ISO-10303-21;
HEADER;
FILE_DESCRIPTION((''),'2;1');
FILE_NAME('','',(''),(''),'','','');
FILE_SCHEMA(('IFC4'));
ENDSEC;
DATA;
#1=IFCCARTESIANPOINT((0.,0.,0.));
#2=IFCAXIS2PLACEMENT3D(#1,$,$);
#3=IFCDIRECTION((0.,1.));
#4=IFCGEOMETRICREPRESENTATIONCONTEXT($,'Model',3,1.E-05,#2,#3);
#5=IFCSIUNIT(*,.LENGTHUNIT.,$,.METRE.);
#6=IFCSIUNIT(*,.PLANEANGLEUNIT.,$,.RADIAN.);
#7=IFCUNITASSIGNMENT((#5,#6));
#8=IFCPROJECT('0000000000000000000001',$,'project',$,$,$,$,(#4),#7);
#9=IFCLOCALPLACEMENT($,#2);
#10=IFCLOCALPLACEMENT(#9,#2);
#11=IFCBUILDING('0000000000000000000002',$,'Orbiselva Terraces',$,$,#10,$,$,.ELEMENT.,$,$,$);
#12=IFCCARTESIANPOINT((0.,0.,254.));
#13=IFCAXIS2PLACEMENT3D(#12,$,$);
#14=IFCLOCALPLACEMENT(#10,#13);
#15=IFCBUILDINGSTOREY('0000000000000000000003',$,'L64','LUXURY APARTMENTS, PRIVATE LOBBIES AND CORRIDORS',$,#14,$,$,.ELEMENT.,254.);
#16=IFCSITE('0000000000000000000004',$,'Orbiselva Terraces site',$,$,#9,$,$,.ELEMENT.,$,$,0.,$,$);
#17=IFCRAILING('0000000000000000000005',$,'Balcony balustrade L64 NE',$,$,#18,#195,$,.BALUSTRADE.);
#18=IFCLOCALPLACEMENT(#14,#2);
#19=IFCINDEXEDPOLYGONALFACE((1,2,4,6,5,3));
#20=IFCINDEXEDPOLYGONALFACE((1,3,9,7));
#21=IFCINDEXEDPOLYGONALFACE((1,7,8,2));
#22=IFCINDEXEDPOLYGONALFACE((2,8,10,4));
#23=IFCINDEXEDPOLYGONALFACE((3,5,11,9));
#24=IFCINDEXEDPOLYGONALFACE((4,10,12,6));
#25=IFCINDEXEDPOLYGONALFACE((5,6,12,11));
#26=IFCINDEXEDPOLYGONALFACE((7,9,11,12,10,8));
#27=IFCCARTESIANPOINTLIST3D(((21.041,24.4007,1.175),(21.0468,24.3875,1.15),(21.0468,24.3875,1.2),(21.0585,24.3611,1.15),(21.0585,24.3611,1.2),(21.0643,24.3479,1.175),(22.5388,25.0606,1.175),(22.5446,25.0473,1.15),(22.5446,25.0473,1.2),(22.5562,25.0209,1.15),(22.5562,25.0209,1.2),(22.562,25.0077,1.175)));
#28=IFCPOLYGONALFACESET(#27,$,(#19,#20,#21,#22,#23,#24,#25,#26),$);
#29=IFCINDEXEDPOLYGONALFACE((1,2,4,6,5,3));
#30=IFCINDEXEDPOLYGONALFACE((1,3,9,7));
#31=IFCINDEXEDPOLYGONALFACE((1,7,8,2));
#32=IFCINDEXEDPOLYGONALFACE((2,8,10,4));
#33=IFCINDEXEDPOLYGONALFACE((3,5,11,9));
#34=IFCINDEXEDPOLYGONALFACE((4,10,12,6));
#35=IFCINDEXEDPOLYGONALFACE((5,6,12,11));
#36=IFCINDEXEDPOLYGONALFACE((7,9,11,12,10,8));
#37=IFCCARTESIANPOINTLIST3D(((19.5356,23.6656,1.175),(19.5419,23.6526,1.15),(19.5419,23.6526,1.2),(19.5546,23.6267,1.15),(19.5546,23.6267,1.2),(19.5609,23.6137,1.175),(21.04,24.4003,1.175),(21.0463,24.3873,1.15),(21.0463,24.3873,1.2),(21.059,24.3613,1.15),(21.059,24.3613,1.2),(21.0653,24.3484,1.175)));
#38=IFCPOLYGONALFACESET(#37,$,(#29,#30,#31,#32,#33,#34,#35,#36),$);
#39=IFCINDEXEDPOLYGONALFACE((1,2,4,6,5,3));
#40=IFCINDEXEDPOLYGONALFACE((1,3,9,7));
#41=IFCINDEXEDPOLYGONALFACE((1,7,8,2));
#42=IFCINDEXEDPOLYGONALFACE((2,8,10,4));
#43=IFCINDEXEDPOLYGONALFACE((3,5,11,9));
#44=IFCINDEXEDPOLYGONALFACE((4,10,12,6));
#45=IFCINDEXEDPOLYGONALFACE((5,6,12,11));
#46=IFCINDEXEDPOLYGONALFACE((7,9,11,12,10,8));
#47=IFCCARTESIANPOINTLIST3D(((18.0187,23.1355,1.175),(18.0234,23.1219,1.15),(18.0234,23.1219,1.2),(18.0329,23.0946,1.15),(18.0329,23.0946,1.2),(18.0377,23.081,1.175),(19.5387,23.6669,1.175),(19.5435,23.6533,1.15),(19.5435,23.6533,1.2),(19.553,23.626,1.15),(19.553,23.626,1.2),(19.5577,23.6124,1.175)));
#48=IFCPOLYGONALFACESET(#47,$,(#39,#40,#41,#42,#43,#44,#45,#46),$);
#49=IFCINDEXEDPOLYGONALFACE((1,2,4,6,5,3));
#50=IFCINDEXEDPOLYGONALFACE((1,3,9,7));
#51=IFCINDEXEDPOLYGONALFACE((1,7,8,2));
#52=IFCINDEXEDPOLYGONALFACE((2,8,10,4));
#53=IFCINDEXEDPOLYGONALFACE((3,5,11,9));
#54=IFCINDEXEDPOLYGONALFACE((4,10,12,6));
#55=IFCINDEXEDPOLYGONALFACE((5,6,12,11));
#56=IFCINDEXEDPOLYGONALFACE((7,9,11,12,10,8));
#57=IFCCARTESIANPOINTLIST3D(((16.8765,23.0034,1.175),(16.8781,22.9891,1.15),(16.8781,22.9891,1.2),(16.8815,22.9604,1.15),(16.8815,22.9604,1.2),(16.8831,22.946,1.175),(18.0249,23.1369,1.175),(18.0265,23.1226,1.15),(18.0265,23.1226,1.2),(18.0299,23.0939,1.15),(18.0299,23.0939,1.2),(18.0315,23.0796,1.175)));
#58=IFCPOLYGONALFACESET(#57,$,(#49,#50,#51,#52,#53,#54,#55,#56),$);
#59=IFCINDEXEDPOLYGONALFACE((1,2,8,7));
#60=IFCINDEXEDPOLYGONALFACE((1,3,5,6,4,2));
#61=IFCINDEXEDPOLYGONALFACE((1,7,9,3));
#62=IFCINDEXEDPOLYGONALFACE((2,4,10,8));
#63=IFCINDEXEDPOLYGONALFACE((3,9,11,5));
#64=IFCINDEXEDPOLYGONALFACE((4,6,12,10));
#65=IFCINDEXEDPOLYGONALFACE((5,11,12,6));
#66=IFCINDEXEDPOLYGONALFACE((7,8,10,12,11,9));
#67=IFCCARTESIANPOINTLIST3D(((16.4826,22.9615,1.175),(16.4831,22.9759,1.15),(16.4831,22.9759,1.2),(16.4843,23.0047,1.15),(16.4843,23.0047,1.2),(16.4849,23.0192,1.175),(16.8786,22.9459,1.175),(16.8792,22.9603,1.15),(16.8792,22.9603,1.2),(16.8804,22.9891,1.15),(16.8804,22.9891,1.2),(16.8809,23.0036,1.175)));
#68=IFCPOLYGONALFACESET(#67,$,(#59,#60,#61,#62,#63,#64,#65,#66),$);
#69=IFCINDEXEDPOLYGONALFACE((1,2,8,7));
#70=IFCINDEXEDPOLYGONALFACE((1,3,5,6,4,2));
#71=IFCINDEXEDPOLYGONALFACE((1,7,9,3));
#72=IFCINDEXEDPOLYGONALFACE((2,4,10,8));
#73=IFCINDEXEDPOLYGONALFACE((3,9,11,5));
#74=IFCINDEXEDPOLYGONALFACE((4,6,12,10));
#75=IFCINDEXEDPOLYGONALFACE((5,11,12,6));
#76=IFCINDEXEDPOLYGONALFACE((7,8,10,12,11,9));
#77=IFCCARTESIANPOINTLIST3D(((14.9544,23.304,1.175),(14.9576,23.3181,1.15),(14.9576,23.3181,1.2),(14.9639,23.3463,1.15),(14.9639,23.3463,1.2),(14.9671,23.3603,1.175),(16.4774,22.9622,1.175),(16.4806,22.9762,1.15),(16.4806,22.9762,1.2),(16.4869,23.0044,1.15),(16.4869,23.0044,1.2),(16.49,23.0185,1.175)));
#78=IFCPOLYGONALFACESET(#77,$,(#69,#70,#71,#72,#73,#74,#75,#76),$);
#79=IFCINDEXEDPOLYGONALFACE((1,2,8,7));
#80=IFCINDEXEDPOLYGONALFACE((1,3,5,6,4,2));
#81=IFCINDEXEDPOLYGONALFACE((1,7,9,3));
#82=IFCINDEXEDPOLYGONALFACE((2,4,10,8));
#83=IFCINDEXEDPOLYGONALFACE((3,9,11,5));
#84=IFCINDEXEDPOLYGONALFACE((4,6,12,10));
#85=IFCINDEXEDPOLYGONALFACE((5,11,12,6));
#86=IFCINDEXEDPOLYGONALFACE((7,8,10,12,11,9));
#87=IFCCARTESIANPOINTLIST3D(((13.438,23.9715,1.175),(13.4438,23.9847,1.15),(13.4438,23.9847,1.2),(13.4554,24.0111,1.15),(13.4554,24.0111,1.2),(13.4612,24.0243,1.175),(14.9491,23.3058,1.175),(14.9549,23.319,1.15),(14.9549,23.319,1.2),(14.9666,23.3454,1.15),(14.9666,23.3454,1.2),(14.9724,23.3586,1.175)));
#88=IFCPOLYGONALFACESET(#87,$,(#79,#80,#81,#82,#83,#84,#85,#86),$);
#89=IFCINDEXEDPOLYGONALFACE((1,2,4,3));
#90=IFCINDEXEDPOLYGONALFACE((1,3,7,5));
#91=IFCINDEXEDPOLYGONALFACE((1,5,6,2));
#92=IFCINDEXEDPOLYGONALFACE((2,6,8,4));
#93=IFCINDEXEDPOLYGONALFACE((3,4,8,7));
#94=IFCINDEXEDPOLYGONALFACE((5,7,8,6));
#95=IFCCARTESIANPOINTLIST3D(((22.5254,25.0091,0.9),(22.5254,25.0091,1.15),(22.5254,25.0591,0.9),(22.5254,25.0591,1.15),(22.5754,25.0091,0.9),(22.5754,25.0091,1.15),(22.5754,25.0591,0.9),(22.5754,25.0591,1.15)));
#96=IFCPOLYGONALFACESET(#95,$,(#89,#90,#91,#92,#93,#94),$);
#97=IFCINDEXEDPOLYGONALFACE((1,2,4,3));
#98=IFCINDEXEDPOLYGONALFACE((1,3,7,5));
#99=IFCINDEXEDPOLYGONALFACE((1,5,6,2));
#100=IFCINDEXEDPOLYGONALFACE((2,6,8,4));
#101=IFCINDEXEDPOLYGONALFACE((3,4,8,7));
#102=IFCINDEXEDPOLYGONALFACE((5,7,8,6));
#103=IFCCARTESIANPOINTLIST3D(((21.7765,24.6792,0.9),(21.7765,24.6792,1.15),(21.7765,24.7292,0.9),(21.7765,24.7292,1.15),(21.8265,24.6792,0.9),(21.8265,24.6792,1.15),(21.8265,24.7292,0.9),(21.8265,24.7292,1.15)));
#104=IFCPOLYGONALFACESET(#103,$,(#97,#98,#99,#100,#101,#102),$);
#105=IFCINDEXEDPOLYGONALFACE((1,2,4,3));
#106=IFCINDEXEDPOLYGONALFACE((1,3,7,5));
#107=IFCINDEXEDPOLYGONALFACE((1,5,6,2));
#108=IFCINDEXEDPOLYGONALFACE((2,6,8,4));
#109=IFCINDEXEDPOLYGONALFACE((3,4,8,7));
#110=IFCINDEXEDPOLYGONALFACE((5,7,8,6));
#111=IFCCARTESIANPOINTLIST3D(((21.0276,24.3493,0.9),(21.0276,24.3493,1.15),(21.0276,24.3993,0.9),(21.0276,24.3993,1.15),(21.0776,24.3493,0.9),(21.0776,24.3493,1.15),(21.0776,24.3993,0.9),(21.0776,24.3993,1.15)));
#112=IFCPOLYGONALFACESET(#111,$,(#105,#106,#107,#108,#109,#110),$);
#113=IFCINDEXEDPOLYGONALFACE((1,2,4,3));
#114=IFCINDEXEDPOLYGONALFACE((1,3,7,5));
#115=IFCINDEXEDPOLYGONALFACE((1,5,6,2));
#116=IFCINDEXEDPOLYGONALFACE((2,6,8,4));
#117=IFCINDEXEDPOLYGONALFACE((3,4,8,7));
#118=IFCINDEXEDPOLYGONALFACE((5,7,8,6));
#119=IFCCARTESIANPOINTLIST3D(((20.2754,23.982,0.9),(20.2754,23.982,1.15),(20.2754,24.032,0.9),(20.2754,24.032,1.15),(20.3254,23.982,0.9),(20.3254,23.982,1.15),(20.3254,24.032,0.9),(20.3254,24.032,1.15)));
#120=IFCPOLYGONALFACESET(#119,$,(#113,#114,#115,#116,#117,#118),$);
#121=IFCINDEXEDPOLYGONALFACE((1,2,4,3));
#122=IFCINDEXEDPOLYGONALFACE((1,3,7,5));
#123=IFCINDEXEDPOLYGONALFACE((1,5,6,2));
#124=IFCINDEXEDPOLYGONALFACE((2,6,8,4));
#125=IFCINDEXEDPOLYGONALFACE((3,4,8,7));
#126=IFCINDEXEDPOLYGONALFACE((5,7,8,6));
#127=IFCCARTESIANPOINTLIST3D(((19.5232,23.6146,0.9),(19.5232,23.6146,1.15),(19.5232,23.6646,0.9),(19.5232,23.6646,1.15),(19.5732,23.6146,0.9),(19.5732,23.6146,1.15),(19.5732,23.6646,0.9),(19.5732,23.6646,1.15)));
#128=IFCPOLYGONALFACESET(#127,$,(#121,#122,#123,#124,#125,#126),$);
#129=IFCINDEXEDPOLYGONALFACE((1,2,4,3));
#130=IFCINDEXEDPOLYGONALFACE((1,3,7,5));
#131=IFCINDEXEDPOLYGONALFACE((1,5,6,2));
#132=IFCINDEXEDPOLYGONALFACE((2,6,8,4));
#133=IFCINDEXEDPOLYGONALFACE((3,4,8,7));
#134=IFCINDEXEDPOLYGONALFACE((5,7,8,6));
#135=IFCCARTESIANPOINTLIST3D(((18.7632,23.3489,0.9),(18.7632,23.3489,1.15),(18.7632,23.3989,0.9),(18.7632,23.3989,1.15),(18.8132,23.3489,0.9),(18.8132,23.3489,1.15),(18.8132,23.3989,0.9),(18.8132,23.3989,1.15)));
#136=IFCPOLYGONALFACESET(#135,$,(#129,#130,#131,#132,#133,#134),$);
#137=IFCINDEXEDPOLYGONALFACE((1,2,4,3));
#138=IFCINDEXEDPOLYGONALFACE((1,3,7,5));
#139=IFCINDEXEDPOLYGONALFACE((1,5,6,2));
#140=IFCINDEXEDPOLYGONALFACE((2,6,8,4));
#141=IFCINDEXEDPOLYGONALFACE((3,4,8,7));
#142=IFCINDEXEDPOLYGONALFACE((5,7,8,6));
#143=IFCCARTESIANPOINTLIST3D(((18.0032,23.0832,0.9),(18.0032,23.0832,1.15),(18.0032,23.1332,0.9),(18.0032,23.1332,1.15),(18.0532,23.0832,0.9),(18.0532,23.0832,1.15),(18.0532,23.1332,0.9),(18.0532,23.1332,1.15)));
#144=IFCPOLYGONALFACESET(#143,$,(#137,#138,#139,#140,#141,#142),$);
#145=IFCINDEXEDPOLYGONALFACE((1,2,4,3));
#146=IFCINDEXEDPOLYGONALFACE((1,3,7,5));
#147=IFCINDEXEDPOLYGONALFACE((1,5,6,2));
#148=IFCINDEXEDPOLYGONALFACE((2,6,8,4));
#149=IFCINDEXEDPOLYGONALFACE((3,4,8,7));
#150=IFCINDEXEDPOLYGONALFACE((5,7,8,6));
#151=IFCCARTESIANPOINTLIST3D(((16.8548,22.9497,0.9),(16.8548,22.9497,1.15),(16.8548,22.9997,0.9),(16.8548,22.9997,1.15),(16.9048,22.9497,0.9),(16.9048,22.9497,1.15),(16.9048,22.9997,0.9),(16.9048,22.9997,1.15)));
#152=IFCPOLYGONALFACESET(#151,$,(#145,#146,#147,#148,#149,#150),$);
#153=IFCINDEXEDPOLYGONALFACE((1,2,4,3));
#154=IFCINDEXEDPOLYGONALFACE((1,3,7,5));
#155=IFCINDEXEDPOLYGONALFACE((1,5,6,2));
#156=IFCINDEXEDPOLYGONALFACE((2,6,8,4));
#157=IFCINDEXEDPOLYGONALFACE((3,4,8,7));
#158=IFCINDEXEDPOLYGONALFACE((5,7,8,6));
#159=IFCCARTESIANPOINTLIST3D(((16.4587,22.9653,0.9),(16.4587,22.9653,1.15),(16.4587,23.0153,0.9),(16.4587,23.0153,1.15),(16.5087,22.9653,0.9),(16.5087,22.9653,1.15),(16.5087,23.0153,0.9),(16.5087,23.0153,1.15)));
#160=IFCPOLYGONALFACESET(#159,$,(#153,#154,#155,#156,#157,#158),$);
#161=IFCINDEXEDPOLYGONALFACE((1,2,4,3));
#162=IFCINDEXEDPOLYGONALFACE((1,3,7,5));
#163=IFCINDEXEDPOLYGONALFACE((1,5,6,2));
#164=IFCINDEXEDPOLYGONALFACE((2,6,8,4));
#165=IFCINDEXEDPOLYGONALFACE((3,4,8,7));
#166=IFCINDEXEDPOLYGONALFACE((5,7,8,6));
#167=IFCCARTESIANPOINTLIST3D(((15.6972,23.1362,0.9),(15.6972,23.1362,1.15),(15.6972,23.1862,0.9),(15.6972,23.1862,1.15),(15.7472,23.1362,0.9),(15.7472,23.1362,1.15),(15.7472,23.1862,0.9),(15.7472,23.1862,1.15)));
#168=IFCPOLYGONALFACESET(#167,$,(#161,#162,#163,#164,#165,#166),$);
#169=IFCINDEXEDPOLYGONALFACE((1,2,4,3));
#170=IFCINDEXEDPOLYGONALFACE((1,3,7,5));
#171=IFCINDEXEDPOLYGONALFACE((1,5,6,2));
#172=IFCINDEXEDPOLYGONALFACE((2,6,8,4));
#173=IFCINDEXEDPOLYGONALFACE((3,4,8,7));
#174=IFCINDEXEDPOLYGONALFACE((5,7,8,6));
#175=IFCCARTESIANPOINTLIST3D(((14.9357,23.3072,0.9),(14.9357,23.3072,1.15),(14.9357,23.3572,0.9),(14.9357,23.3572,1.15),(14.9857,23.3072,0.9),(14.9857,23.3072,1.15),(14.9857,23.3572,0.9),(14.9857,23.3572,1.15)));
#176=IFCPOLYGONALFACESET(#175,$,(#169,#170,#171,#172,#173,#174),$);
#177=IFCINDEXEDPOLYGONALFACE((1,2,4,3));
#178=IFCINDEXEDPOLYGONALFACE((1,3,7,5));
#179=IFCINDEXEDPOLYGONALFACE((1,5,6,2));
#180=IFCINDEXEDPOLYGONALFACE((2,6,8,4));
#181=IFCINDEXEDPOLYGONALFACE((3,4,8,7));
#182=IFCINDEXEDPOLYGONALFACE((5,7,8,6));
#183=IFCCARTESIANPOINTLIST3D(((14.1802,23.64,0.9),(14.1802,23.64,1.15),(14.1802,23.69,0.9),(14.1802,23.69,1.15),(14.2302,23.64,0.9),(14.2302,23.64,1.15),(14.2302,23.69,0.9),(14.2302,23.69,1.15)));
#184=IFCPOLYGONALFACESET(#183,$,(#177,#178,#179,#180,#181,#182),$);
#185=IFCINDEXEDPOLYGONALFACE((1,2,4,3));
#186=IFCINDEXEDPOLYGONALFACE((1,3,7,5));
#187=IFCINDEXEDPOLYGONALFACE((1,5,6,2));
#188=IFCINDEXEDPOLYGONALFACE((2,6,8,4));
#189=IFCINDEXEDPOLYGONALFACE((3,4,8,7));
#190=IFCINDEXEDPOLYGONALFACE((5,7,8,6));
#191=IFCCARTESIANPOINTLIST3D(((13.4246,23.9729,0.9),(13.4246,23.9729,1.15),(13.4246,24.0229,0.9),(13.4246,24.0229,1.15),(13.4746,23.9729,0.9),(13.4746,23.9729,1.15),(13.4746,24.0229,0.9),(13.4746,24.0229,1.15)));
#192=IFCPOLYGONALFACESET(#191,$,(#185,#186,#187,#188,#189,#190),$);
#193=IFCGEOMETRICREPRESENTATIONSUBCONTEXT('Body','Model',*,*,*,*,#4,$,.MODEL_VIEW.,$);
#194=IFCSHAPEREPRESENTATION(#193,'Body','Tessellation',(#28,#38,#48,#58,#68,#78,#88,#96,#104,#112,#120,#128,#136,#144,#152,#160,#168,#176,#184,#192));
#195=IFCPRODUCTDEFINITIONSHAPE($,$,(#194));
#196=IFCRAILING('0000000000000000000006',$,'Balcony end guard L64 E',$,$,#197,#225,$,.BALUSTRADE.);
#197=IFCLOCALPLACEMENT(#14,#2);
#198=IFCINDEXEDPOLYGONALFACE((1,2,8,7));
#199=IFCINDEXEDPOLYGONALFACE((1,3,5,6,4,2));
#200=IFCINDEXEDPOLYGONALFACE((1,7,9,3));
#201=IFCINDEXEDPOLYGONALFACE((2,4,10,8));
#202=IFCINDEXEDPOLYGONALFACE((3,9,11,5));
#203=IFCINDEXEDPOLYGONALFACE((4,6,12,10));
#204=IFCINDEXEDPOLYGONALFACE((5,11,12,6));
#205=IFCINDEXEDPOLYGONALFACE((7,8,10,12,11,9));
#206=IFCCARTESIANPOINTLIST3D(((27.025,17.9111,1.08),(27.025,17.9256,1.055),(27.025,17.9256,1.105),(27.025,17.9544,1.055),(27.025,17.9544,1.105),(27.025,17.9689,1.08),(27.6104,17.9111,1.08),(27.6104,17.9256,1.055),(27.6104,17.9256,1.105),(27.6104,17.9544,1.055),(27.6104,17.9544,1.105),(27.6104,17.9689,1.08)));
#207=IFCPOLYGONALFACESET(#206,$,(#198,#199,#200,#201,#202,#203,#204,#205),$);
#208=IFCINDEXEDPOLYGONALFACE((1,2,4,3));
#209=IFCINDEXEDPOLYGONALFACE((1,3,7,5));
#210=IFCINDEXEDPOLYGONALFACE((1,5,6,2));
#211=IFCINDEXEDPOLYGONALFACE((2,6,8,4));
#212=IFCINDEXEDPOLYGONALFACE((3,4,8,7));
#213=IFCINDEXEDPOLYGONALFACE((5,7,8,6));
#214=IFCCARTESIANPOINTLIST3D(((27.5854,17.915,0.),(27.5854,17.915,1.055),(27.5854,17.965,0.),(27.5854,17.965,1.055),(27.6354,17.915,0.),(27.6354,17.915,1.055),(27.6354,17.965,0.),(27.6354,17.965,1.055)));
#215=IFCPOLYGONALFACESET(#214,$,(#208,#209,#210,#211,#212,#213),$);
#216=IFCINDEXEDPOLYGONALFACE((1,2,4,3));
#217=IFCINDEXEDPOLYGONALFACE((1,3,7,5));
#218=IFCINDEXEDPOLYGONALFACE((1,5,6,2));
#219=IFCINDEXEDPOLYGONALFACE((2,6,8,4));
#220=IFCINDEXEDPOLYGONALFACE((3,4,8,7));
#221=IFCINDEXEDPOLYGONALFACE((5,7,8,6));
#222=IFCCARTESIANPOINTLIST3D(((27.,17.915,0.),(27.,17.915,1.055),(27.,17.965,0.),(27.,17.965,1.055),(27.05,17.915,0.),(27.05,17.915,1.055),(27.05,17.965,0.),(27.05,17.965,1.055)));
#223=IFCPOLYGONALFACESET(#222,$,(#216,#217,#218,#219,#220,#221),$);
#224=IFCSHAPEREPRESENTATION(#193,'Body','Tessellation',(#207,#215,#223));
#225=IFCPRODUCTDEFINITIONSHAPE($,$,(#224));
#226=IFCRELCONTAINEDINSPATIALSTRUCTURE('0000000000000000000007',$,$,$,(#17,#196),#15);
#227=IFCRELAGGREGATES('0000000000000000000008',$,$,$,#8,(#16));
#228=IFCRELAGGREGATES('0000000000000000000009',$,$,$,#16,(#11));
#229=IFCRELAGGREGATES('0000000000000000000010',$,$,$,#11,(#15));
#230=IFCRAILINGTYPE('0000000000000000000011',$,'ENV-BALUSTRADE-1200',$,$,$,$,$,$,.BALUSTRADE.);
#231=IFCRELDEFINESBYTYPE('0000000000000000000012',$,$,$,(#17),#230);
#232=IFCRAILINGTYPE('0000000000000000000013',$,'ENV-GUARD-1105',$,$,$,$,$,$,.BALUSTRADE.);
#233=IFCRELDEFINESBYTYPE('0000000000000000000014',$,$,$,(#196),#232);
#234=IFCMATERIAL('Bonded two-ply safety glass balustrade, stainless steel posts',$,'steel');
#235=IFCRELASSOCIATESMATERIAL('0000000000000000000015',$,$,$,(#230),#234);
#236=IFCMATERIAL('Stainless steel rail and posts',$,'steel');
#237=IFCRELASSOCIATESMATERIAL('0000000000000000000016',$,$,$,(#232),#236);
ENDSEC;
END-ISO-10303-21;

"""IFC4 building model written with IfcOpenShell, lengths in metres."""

from ifc_helpers import new_model, si_unit, direction, frame, origin, origin_2d, place, context, subcontext, project, spatial, polyline, rectangle, outline, extrude, material, type_object, element, save


model = new_model("IFC4")

# Units and contexts
model_context = context("Model", 3, precision=1e-05, world=origin(), true_north=direction((0.0, 1.0)))
body_context = subcontext(model_context, "Body", "Model", "MODEL_VIEW")
ifc_project = project(units=[si_unit("LENGTHUNIT", "METRE"), si_unit("PLANEANGLEUNIT", "RADIAN")], contexts=[model_context])

# Site, building, storey
site_placement = place(None, origin())
site = spatial("IfcSite", under=ifc_project, at=site_placement, Name="Orbiselva Terraces site", CompositionType="ELEMENT", RefElevation=0.0)
building_placement = place(site_placement, origin())
building = spatial("IfcBuilding", under=site, at=building_placement, Name="Orbiselva Terraces", CompositionType="ELEMENT")
storey_placement = place(building_placement, frame((0.0, 0.0, 254.0)))
storey = spatial("IfcBuildingStorey", under=building, at=storey_placement, Name="L64", Description="LUXURY APARTMENTS, PRIVATE LOBBIES AND CORRIDORS", CompositionType="ELEMENT", Elevation=254.0)

# Railings
ifc_material_1 = material(Name="Bonded two-ply safety glass balustrade, stainless steel posts", Category="steel")
railing_type_1 = type_object("IfcRailingType", Name="ENV-BALUSTRADE-1200", PredefinedType="BALUSTRADE", material=ifc_material_1)
railing_1_placement = place(storey_placement, frame((22.5504, 25.0341, 0.9)))
element("IfcRailing", 1, at=railing_1_placement, inside=storey, type_object=railing_type_1, Name="Balcony balustrade L64 NE", PredefinedType="BALUSTRADE", context=body_context, shape_type="SweptSolid", body=[
    extrude(outline(polyline([(0.0289, 0.0), (0.0144, 0.025), (-0.0144, 0.025), (-0.0289, 0.0), (-0.0144, -0.025), (0.0144, -0.025), (0.0289, 0.0)])), frame((0.0, 0.0, 0.275), z_axis=(-0.915133, -0.403151, 0.0), x_axis=(0.403151, -0.915133, 0.0)), (0.0, 0.0, 1.0), 1.6366),
    extrude(outline(polyline([(0.0289, 0.0), (0.0144, 0.025), (-0.0144, 0.025), (-0.0289, 0.0), (-0.0144, -0.025), (0.0144, -0.025), (0.0289, 0.0)])), frame((-1.4978, -0.6598, 0.275), z_axis=(-0.898579, -0.438812, 0.0), x_axis=(0.438812, -0.898579, 0.0)), (0.0, 0.0, 1.0), 1.6742),
    extrude(outline(polyline([(0.0289, 0.0), (0.0144, 0.025), (-0.0144, 0.025), (-0.0289, 0.0), (-0.0144, -0.025), (0.0144, -0.025), (0.0289, 0.0)])), frame((-3.0022, -1.3945, 0.275), z_axis=(-0.943972, -0.330025, 0.0), x_axis=(0.330025, -0.943972, 0.0)), (0.0, 0.0, 1.0), 1.6103),
    extrude(outline(polyline([(0.0289, 0.0), (0.0144, 0.025), (-0.0144, 0.025), (-0.0289, 0.0), (-0.0144, -0.025), (0.0144, -0.025), (0.0289, 0.0)])), frame((-4.5222, -1.9259, 0.275), z_axis=(-0.99331, -0.115482, 0.0), x_axis=(0.115482, -0.99331, 0.0)), (0.0, 0.0, 1.0), 1.1561),
    extrude(outline(polyline([(0.0289, 0.0), (0.0144, 0.025), (-0.0144, 0.025), (-0.0289, 0.0), (-0.0144, -0.025), (0.0144, -0.025), (0.0289, 0.0)])), frame((-5.6706, -2.0594, 0.275), z_axis=(-0.999225, 0.039369, 0.0), x_axis=(-0.039369, -0.999225, 0.0)), (0.0, 0.0, 1.0), 0.3964),
    extrude(outline(polyline([(0.0289, 0.0), (0.0144, 0.025), (-0.0144, 0.025), (-0.0289, 0.0), (-0.0144, -0.025), (0.0144, -0.025), (0.0289, 0.0)])), frame((-6.0667, -2.0438, 0.275), z_axis=(-0.975721, 0.219016, 0.0), x_axis=(-0.219016, -0.975721, 0.0)), (0.0, 0.0, 1.0), 1.5609),
    extrude(outline(polyline([(0.0289, 0.0), (0.0144, 0.025), (-0.0144, 0.025), (-0.0289, 0.0), (-0.0144, -0.025), (0.0144, -0.025), (0.0289, 0.0)])), frame((-7.5896, -1.702, 0.275), z_axis=(-0.915134, 0.403151, 0.0), x_axis=(-0.403151, -0.915134, 0.0)), (0.0, 0.0, 1.0), 1.6513),
    extrude(rectangle(XDim=0.05, YDim=0.05, at=origin_2d()), origin(), (0.0, 0.0, 1.0), 0.25),
    extrude(rectangle(XDim=0.05, YDim=0.05, at=origin_2d()), frame((-0.7489, -0.3299, 0.0)), (0.0, 0.0, 1.0), 0.25),
    extrude(rectangle(XDim=0.05, YDim=0.05, at=origin_2d()), frame((-1.4978, -0.6598, 0.0)), (0.0, 0.0, 1.0), 0.25),
    extrude(rectangle(XDim=0.05, YDim=0.05, at=origin_2d()), frame((-2.25, -1.0272, 0.0)), (0.0, 0.0, 1.0), 0.25),
    extrude(rectangle(XDim=0.05, YDim=0.05, at=origin_2d()), frame((-3.0022, -1.3945, 0.0)), (0.0, 0.0, 1.0), 0.25),
    extrude(rectangle(XDim=0.05, YDim=0.05, at=origin_2d()), frame((-3.7622, -1.6602, 0.0)), (0.0, 0.0, 1.0), 0.25),
    extrude(rectangle(XDim=0.05, YDim=0.05, at=origin_2d()), frame((-4.5222, -1.9259, 0.0)), (0.0, 0.0, 1.0), 0.25),
    extrude(rectangle(XDim=0.05, YDim=0.05, at=origin_2d()), frame((-5.6706, -2.0594, 0.0)), (0.0, 0.0, 1.0), 0.25),
    extrude(rectangle(XDim=0.05, YDim=0.05, at=origin_2d()), frame((-6.0667, -2.0438, 0.0)), (0.0, 0.0, 1.0), 0.25),
    extrude(rectangle(XDim=0.05, YDim=0.05, at=origin_2d()), frame((-6.8282, -1.8729, 0.0)), (0.0, 0.0, 1.0), 0.25),
    extrude(rectangle(XDim=0.05, YDim=0.05, at=origin_2d()), frame((-7.5896, -1.702, 0.0)), (0.0, 0.0, 1.0), 0.25),
    extrude(rectangle(XDim=0.05, YDim=0.05, at=origin_2d()), frame((-8.3452, -1.3691, 0.0)), (0.0, 0.0, 1.0), 0.25),
    extrude(rectangle(XDim=0.05, YDim=0.05, at=origin_2d()), frame((-9.1008, -1.0362, 0.0)), (0.0, 0.0, 1.0), 0.25),
])
ifc_material_2 = material(Name="Stainless steel rail and posts", Category="steel")
railing_type_2 = type_object("IfcRailingType", Name="ENV-GUARD-1105", PredefinedType="BALUSTRADE", material=ifc_material_2)
railing_2_placement = place(storey_placement, frame((27.6104, 17.94, 0.0)))
element("IfcRailing", 2, at=railing_2_placement, inside=storey, type_object=railing_type_2, Name="Balcony end guard L64 E", PredefinedType="BALUSTRADE", context=body_context, shape_type="SweptSolid", body=[
    extrude(outline(polyline([(0.0289, 0.0), (0.0144, 0.025), (-0.0144, 0.025), (-0.0289, 0.0), (-0.0144, -0.025), (0.0144, -0.025), (0.0289, 0.0)])), frame((0.0, 0.0, 1.08), z_axis=(-1.0, 0.0, 0.0), x_axis=(0.0, -1.0, 0.0)), (0.0, 0.0, 1.0), 0.5854),
    extrude(rectangle(XDim=0.05, YDim=0.05, at=origin_2d()), origin(), (0.0, 0.0, 1.0), 1.055),
    extrude(rectangle(XDim=0.05, YDim=0.05, at=origin_2d()), frame((-0.5854, 0.0, 0.0)), (0.0, 0.0, 1.0), 1.055),
])

save(model, "model.ifc")
